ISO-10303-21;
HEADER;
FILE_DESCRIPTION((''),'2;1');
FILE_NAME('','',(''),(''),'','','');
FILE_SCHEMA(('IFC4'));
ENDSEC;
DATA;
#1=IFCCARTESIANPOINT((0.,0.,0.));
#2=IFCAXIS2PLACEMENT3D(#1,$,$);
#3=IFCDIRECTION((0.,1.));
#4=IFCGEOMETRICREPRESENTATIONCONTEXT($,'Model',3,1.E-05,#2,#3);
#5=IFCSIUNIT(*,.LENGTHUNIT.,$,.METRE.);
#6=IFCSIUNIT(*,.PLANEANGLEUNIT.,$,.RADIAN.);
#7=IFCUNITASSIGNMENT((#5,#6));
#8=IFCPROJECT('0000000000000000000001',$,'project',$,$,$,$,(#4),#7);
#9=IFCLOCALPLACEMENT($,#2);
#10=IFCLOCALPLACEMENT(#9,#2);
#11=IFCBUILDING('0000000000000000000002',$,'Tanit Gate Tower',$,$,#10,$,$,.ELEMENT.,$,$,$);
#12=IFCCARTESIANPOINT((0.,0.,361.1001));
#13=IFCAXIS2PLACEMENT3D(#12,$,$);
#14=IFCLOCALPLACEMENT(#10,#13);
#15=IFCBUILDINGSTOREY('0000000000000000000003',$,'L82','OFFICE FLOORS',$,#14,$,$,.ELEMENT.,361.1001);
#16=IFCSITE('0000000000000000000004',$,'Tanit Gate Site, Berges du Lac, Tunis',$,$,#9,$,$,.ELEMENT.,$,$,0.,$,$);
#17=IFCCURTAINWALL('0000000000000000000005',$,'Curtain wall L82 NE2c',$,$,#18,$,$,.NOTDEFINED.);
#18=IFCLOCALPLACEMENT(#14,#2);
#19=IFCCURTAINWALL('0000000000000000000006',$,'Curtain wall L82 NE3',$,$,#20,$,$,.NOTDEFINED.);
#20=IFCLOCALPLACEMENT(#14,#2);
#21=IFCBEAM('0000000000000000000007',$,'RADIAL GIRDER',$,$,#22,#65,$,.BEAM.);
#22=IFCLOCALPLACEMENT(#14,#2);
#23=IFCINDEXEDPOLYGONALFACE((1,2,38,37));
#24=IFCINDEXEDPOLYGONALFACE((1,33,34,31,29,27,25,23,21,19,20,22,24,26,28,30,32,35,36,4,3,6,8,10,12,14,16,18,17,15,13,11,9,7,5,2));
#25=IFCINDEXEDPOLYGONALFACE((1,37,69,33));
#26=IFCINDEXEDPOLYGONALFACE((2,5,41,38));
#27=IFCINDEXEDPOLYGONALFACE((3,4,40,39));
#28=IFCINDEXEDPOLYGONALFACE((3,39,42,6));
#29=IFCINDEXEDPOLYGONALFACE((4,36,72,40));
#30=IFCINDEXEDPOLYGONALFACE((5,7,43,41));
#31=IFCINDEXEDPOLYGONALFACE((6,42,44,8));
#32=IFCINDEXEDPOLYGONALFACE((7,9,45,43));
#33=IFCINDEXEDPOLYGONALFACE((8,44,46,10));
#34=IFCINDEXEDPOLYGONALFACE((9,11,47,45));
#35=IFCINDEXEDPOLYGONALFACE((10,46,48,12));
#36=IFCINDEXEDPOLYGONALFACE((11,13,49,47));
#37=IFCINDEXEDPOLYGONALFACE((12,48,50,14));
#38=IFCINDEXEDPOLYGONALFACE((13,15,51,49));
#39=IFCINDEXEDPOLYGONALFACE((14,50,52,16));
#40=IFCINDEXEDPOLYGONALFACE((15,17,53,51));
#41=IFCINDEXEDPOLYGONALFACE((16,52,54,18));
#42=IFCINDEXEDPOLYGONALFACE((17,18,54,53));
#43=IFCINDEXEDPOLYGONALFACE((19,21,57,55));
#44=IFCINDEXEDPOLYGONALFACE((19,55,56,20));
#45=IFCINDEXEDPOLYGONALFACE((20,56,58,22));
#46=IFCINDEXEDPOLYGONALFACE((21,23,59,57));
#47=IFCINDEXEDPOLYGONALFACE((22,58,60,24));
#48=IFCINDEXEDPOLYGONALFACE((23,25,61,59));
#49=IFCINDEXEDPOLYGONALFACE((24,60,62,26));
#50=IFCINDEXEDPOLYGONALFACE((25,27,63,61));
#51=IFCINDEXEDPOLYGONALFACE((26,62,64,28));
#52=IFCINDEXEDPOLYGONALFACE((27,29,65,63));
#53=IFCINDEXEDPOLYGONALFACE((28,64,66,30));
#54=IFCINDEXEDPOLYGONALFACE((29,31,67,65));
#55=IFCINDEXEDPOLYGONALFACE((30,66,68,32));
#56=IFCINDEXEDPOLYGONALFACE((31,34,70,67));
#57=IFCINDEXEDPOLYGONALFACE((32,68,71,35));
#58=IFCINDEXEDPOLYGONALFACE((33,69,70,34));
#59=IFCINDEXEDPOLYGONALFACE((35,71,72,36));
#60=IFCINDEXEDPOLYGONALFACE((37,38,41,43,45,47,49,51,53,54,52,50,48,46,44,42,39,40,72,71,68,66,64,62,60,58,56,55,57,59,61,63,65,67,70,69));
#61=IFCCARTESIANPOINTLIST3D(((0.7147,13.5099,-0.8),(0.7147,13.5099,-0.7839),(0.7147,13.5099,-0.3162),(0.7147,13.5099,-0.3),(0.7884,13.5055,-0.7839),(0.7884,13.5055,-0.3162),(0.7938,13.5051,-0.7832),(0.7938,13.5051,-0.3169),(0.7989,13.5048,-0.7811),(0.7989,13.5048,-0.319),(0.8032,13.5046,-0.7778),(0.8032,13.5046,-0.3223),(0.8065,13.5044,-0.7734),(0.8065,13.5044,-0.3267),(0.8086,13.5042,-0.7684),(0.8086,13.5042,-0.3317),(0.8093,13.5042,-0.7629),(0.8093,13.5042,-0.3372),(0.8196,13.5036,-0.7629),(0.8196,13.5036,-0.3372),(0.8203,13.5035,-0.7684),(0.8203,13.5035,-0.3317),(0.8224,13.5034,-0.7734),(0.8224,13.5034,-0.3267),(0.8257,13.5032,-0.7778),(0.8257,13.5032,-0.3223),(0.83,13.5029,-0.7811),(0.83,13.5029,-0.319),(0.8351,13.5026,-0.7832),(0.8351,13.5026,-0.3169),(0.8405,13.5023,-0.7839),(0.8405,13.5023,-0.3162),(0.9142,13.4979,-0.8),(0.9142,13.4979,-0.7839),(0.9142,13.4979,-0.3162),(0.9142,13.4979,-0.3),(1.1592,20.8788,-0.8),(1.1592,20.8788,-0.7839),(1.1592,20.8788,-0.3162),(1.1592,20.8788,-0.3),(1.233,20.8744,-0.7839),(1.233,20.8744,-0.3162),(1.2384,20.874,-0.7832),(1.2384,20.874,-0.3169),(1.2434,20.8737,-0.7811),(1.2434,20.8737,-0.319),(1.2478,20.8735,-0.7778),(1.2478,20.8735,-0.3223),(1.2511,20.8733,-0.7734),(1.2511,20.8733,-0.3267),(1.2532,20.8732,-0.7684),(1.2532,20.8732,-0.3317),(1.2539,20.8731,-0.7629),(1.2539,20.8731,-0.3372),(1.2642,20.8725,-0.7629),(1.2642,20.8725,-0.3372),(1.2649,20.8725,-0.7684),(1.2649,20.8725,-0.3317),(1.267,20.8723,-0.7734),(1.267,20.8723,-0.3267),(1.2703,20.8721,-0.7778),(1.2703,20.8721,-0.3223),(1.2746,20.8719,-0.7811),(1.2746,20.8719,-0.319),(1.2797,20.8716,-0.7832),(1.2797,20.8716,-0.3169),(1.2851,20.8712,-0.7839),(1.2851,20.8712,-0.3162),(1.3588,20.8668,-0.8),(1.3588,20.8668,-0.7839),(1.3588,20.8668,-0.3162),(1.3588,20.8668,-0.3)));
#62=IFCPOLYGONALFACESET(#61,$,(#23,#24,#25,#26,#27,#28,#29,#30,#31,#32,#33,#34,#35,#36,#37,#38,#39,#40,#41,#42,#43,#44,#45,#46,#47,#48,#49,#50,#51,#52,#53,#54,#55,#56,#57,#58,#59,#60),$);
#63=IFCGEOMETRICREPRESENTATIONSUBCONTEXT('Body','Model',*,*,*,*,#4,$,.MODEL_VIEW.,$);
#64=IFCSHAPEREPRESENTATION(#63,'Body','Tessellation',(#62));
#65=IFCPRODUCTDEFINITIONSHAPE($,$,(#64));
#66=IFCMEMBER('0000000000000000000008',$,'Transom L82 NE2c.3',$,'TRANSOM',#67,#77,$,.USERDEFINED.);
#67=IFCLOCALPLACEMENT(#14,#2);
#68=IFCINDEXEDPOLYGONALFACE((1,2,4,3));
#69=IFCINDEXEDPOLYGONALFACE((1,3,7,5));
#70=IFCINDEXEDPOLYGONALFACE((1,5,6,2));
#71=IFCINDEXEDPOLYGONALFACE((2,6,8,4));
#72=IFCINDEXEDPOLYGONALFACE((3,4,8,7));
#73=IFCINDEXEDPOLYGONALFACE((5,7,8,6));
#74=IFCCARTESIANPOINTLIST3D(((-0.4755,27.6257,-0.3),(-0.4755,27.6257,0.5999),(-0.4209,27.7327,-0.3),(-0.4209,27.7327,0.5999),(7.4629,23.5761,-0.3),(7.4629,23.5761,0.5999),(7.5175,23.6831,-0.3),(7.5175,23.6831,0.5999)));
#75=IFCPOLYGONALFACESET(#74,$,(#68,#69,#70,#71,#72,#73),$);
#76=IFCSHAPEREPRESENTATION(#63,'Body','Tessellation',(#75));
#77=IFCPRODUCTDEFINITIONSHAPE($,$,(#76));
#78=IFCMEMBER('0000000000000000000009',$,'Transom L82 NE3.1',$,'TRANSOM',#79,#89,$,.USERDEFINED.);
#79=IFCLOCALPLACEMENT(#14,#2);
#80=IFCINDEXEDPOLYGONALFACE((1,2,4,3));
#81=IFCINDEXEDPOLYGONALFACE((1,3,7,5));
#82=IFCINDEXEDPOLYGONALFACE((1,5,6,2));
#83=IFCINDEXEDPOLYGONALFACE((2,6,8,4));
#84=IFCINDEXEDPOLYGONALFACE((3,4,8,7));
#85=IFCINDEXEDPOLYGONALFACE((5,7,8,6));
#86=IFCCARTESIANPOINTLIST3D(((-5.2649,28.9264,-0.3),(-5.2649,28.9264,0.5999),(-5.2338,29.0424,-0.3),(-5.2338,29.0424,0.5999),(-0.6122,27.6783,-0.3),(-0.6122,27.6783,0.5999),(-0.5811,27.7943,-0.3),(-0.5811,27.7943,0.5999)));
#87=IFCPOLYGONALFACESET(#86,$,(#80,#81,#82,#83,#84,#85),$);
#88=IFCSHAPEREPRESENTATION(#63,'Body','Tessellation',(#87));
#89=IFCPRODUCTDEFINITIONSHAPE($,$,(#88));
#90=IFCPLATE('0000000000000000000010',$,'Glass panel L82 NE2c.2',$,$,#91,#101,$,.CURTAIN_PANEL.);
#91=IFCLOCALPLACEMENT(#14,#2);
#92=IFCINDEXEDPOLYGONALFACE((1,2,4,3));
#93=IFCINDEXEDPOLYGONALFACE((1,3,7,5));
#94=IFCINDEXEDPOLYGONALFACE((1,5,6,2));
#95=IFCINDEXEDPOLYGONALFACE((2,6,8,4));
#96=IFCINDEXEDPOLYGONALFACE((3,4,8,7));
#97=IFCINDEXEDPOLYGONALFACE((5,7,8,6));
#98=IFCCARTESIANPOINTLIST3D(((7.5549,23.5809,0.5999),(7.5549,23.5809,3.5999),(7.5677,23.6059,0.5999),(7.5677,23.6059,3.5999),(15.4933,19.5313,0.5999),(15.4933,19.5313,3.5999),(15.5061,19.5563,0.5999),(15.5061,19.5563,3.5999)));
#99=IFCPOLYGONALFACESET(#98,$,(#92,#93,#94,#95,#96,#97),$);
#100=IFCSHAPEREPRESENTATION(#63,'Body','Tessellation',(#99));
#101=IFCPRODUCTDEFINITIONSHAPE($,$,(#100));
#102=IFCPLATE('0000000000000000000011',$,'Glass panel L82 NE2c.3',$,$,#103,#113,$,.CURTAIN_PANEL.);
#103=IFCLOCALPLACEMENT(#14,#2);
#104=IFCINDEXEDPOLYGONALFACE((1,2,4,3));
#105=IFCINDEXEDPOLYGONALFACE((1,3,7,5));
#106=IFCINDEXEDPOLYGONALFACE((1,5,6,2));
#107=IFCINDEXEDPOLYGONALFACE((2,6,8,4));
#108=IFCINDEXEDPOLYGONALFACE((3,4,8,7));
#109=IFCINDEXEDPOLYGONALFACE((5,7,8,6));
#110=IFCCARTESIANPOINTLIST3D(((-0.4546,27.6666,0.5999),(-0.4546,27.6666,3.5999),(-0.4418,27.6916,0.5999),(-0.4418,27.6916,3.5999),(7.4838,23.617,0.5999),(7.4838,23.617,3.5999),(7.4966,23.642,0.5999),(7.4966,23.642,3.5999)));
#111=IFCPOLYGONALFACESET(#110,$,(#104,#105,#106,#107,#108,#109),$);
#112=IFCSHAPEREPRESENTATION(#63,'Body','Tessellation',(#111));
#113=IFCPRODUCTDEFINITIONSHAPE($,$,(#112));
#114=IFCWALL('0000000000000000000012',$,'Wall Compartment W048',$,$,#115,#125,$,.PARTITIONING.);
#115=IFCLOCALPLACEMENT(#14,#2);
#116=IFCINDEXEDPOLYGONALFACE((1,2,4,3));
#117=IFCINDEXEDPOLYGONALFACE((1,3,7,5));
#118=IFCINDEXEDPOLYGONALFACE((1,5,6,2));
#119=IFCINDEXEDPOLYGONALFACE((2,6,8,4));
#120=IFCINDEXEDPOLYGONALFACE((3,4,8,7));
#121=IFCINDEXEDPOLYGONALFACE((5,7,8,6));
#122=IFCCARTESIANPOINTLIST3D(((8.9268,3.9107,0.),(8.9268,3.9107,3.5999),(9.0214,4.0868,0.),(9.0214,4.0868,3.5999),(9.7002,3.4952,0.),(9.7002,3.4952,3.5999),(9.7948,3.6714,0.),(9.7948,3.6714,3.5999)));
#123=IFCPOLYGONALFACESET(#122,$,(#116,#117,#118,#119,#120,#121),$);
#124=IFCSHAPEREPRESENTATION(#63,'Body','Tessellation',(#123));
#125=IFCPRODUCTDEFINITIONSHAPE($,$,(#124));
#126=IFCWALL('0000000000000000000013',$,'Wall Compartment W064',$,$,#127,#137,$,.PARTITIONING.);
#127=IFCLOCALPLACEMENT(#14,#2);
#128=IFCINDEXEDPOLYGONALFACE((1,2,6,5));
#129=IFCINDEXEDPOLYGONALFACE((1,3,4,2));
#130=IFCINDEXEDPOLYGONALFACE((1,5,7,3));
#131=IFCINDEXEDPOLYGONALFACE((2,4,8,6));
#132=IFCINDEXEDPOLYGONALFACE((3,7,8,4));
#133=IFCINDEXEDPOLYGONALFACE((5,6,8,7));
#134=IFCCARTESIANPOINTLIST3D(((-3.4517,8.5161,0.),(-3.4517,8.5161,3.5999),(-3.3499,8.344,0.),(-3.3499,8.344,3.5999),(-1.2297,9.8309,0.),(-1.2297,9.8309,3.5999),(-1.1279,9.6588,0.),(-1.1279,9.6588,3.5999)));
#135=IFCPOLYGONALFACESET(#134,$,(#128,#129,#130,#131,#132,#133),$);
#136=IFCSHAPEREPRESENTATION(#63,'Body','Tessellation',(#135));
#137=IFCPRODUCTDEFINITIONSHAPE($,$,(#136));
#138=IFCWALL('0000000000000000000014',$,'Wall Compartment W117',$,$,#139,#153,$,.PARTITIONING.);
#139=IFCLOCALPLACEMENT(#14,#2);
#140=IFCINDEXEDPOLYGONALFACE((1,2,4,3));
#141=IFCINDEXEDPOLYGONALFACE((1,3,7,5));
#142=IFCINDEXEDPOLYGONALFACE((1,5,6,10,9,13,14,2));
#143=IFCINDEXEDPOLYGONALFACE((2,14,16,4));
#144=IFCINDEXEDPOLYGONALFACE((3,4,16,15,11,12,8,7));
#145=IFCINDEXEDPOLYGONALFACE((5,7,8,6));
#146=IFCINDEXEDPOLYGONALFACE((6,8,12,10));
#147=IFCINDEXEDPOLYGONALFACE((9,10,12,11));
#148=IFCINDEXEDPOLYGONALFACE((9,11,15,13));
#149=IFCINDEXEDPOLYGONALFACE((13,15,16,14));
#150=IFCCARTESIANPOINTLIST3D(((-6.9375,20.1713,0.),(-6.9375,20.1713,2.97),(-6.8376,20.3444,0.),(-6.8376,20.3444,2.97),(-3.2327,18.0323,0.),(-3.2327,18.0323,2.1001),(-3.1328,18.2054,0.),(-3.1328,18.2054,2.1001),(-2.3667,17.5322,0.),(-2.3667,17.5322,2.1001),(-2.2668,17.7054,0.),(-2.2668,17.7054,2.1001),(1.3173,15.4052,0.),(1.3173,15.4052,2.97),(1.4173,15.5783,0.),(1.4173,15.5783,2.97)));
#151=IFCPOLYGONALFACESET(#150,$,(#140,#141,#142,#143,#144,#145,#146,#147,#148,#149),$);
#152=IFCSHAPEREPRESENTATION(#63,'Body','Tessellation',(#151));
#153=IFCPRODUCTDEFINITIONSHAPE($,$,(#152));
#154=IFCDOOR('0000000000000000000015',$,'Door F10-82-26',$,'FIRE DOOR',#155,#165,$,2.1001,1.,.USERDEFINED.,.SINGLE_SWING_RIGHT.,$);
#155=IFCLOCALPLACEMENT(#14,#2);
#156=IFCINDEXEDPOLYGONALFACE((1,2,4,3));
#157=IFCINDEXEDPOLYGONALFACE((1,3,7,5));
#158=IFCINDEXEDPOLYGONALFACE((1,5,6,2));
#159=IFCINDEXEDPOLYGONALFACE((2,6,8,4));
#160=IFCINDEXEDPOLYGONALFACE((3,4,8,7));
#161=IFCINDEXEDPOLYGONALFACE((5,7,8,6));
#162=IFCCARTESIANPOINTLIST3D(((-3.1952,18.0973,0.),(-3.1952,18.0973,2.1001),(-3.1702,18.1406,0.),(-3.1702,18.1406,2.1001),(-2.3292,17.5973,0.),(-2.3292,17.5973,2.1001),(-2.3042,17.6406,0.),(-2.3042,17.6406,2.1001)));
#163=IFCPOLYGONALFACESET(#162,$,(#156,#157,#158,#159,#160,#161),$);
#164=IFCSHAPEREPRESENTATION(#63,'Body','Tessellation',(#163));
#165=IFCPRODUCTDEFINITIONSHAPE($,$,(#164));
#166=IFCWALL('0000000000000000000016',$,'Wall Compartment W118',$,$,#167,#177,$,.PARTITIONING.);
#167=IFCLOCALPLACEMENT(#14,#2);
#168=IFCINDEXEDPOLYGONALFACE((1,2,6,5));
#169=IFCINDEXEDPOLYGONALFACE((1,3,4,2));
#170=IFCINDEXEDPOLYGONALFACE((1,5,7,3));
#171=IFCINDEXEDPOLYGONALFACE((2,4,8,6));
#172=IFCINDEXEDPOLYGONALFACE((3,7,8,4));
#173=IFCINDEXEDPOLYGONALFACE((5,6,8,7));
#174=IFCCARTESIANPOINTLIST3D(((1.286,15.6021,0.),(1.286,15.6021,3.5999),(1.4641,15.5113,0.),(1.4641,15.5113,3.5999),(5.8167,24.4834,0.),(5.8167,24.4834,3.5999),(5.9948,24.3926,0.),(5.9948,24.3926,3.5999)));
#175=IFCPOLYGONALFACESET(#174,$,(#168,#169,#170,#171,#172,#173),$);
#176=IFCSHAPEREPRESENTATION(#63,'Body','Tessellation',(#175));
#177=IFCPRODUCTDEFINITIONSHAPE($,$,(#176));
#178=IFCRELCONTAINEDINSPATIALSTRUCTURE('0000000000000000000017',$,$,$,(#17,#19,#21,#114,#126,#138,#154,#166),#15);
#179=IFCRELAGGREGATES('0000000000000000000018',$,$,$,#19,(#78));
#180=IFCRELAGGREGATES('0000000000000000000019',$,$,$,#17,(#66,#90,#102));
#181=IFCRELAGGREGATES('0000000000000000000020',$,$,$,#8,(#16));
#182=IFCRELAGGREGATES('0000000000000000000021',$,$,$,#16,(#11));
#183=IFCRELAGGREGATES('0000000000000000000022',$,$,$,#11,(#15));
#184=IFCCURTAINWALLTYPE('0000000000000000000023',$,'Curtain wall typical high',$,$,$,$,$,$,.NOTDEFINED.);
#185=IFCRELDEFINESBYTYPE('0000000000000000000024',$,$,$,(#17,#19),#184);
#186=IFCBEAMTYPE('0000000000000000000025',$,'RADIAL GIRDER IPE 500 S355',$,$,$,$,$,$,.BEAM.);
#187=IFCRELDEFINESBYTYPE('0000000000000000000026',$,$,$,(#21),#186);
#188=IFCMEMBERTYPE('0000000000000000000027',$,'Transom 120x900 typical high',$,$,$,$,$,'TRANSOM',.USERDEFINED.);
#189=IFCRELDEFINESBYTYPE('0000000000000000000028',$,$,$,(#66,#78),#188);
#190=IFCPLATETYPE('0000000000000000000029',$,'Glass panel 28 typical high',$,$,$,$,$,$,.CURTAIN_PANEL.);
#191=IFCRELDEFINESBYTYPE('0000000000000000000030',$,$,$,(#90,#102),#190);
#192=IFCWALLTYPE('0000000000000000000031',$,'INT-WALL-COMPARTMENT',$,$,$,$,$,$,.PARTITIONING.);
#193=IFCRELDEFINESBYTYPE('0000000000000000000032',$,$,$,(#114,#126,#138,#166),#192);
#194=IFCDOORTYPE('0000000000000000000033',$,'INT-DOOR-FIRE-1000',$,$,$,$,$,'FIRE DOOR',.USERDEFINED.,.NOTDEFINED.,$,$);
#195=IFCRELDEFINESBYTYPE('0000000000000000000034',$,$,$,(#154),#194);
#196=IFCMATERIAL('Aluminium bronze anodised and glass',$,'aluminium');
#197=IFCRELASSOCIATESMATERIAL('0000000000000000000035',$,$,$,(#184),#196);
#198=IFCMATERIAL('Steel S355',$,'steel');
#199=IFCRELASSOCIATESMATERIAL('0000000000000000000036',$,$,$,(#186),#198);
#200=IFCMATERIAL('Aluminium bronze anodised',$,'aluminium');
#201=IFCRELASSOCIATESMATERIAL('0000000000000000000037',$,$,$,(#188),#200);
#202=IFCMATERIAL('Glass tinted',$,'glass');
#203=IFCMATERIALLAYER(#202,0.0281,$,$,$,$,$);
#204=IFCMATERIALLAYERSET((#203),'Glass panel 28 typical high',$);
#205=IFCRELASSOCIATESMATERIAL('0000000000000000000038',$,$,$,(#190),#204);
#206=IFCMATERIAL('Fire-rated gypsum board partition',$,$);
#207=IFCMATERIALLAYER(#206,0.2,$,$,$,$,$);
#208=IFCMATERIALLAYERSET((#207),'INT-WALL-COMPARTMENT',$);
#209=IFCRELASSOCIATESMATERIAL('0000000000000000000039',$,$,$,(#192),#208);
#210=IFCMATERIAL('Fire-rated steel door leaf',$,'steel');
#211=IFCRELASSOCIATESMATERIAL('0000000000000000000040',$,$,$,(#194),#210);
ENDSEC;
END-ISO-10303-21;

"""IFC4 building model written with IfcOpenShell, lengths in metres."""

from ifc_helpers import new_model, si_unit, direction, frame, frame_2d, origin, origin_2d, place, context, subcontext, project, spatial, rectangle, i_section, extrude, material, layer, layer_set, material_profile, profile_set, type_object, element, fill, aggregate, save


model = new_model("IFC4")

# Units and contexts
model_context = context("Model", 3, precision=1e-05, world=origin(), true_north=direction((0.0, 1.0)))
body_context = subcontext(model_context, "Body", "Model", "MODEL_VIEW")
ifc_project = project(units=[si_unit("LENGTHUNIT", "METRE"), si_unit("PLANEANGLEUNIT", "RADIAN")], contexts=[model_context])

# Site, building, storey
site_placement = place(None, origin())
site = spatial("IfcSite", under=ifc_project, at=site_placement, Name="Tanit Gate Site, Berges du Lac, Tunis", CompositionType="ELEMENT", RefElevation=0.0)
building_placement = place(site_placement, origin())
building = spatial("IfcBuilding", under=site, at=building_placement, Name="Tanit Gate Tower", CompositionType="ELEMENT")
storey_placement = place(building_placement, frame((0.0, 0.0, 361.1001)))
storey = spatial("IfcBuildingStorey", under=building, at=storey_placement, Name="L82", Description="OFFICE FLOORS", CompositionType="ELEMENT", Elevation=361.1001)

# Curtain walls
ifc_material_1 = material(Name="Aluminium bronze anodised and glass", Category="aluminium")
curtain_wall_type = type_object("IfcCurtainWallType", Name="Curtain wall typical high", PredefinedType="NOTDEFINED", material=ifc_material_1)
curtain_wall_1_placement = place(storey_placement, origin())
curtain_wall_1 = element("IfcCurtainWall", 1, at=curtain_wall_1_placement, inside=storey, type_object=curtain_wall_type, Name="Curtain wall L82 NE2c", PredefinedType="NOTDEFINED")
curtain_wall_2_placement = place(storey_placement, origin())
curtain_wall_2 = element("IfcCurtainWall", 2, at=curtain_wall_2_placement, inside=storey, type_object=curtain_wall_type, Name="Curtain wall L82 NE3", PredefinedType="NOTDEFINED")

# Beam
ifc_material_2 = material(Name="Steel S355", Category="steel")
ifc_material_profile_1 = material_profile(ifc_material_2, i_section(OverallWidth=0.2, OverallDepth=0.5, WebThickness=0.0103, FlangeThickness=0.0161, FilletRadius=0.021, at=origin_2d()), Name="IPE 500")
ifc_profile_set_1 = profile_set([ifc_material_profile_1], Name="Steel S355")
beam_type = type_object("IfcBeamType", Name="RADIAL GIRDER IPE 500 S355", PredefinedType="BEAM", material=ifc_profile_set_1)
beam_placement = place(storey_placement, frame((1.259, 20.8728, -0.55), z_axis=(-0.060222, -0.998185, 0.0), x_axis=(0.998185, -0.060222, 0.0)))
element("IfcBeam", 3, at=beam_placement, inside=storey, type_object=beam_type, Name="RADIAL GIRDER", PredefinedType="BEAM", context=body_context, shape_type="SweptSolid", body=[
    extrude(i_section(OverallWidth=0.2, OverallDepth=0.5, WebThickness=0.0103, FlangeThickness=0.0161, FilletRadius=0.021, at=origin_2d()), origin(), (0.0, 0.0, 1.0), 7.3823),
])

# Members
ifc_material_3 = material(Name="Aluminium bronze anodised", Category="aluminium")
ifc_material_profile_2 = material_profile(ifc_material_3, rectangle(XDim=0.1201, YDim=0.8999, at=origin_2d()), Name="120x900 bronze transom")
ifc_profile_set_2 = profile_set([ifc_material_profile_2], Name="Aluminium bronze anodised")
member_type_1 = type_object("IfcMemberType", Name="Transom 120x900 typical high", ElementType="TRANSOM", PredefinedType="USERDEFINED", material=ifc_profile_set_2)
member_1_placement = place(storey_placement, frame((7.4902, 23.6296, 0.1499), z_axis=(-0.890793, 0.45441, 0.0), x_axis=(-0.45441, -0.890793, 0.0)))
member_1 = element("IfcMember", 4, at=member_1_placement, type_object=member_type_1, Name="Transom L82 NE2c.3", ObjectType="TRANSOM", PredefinedType="USERDEFINED", context=body_context, shape_type="SweptSolid", body=[
    extrude(rectangle(XDim=0.1201, YDim=0.8999, at=origin_2d()), origin(), (0.0, 0.0, 1.0), 8.9116),
])
member_2_placement = place(storey_placement, frame((-0.5967, 27.7363, 0.1499), z_axis=(-0.965854, 0.259088, 0.0), x_axis=(-0.259088, -0.965854, 0.0)))
member_2 = element("IfcMember", 5, at=member_2_placement, type_object=member_type_1, Name="Transom L82 NE3.1", ObjectType="TRANSOM", PredefinedType="USERDEFINED", context=body_context, shape_type="SweptSolid", body=[
    extrude(rectangle(XDim=0.1201, YDim=0.8999, at=origin_2d()), origin(), (0.0, 0.0, 1.0), 4.8171),
])
aggregate(curtain_wall_2, [member_2])

# Plates
ifc_material_4 = material(Name="Glass tinted", Category="glass")
ifc_layer_1 = layer(ifc_material_4, 0.0281)
ifc_layer_set_1 = layer_set([ifc_layer_1], Name="Glass panel 28 typical high")
plate_type = type_object("IfcPlateType", Name="Glass panel 28 typical high", PredefinedType="CURTAIN_PANEL", material=ifc_layer_set_1)
plate_1_placement = place(storey_placement, frame((11.5305, 21.5686, 0.5999), z_axis=(0.0, 0.0, 1.0), x_axis=(-0.890792, 0.454411, 0.0)))
plate_1 = element("IfcPlate", 6, at=plate_1_placement, type_object=plate_type, Name="Glass panel L82 NE2c.2", PredefinedType="CURTAIN_PANEL", context=body_context, shape_type="SweptSolid", body=[
    extrude(rectangle(XDim=8.9116, YDim=0.0281, at=origin_2d()), origin(), (0.0, 0.0, 1.0), 3.0),
])
plate_2_placement = place(storey_placement, frame((3.521, 25.6543, 0.5999), z_axis=(0.0, 0.0, 1.0), x_axis=(-0.890792, 0.454411, 0.0)))
plate_2 = element("IfcPlate", 7, at=plate_2_placement, type_object=plate_type, Name="Glass panel L82 NE2c.3", PredefinedType="CURTAIN_PANEL", context=body_context, shape_type="SweptSolid", body=[
    extrude(rectangle(XDim=8.9116, YDim=0.0281, at=origin_2d()), origin(), (0.0, 0.0, 1.0), 3.0),
])
aggregate(curtain_wall_1, [member_1, plate_1, plate_2])

# Walls
ifc_material_5 = material(Name="Fire-rated gypsum board partition")
ifc_layer_2 = layer(ifc_material_5, 0.2)
ifc_layer_set_2 = layer_set([ifc_layer_2], Name="INT-WALL-COMPARTMENT")
wall_type_1 = type_object("IfcWallType", Name="INT-WALL-COMPARTMENT", PredefinedType="PARTITIONING", material=ifc_layer_set_2)
wall_1_placement = place(storey_placement, frame((8.9741, 3.9988, 0.0), z_axis=(0.0, 0.0, 1.0), x_axis=(0.880917, -0.473271, 0.0)))
element("IfcWall", 8, at=wall_1_placement, inside=storey, type_object=wall_type_1, Name="Wall Compartment W048", PredefinedType="PARTITIONING", context=body_context, shape_type="SweptSolid", body=[
    extrude(rectangle(XDim=0.8779, YDim=0.2, at=frame_2d((0.439, 0.0))), origin(), (0.0, 0.0, 1.0), 3.5999),
])
wall_2_placement = place(storey_placement, frame((-1.1787, 9.7449, 0.0), z_axis=(0.0, 0.0, 1.0), x_axis=(-0.860631, -0.509229, 0.0)))
element("IfcWall", 9, at=wall_2_placement, inside=storey, type_object=wall_type_1, Name="Wall Compartment W064", PredefinedType="PARTITIONING", context=body_context, shape_type="SweptSolid", body=[
    extrude(rectangle(XDim=2.5818, YDim=0.2, at=frame_2d((1.291, 0.0))), origin(), (0.0, 0.0, 1.0), 3.5999),
])

# Wall, opening, door
wall_3_placement = place(storey_placement, frame((1.3674, 15.4917, 0.0), z_axis=(0.0, 0.0, 1.0), x_axis=(-0.866018, 0.500012, 0.0)))
wall_3 = element("IfcWall", 10, at=wall_3_placement, inside=storey, type_object=wall_type_1, Name="Wall Compartment W117", PredefinedType="PARTITIONING", context=body_context, shape_type="SweptSolid", body=[
    extrude(rectangle(XDim=9.532, YDim=0.2, at=frame_2d((4.7661, 0.0))), origin(), (0.0, 0.0, 1.0), 2.97),
])
opening_1_placement = place(wall_3_placement, frame((4.2542, 0.0, 0.0)))
opening_1 = element("IfcOpeningElement", 11, at=opening_1_placement, cuts=wall_3, PredefinedType="OPENING", context=body_context, shape_type="SweptSolid", body=[
    extrude(rectangle(XDim=1.0, YDim=2.1001, at=frame_2d((0.5, 1.05))), frame((0.0, 0.1099, 0.0), z_axis=(0.0, -1.0, 0.0), x_axis=(1.0, 0.0, 0.0)), (0.0, 0.0, 1.0), 0.22),
])
ifc_material_6 = material(Name="Fire-rated steel door leaf", Category="steel")
door_type_1 = type_object("IfcDoorType", Name="INT-DOOR-FIRE-1000", ElementType="FIRE DOOR", OperationType="NOTDEFINED", PredefinedType="USERDEFINED", material=ifc_material_6)
door_1_placement = place(opening_1_placement, origin())
door_1 = element("IfcDoor", 12, at=door_1_placement, inside=storey, type_object=door_type_1, Name="Door F10-82-26", ObjectType="FIRE DOOR", OperationType="SINGLE_SWING_RIGHT", OverallHeight=2.1001, OverallWidth=1.0, PredefinedType="USERDEFINED", context=body_context, shape_type="SweptSolid", body=[
    extrude(rectangle(XDim=1.0, YDim=2.1001, at=frame_2d((0.5, 1.05))), frame((0.0, 0.0249, 0.0), z_axis=(0.0, -1.0, 0.0), x_axis=(1.0, 0.0, 0.0)), (0.0, 0.0, 1.0), 0.05),
])
fill(opening_1, door_1)

# Wall
wall_4_placement = place(storey_placement, frame((5.9058, 24.438, 0.0), z_axis=(0.0, 0.0, 1.0), x_axis=(-0.454428, -0.890784, 0.0)))
element("IfcWall", 13, at=wall_4_placement, inside=storey, type_object=wall_type_1, Name="Wall Compartment W118", PredefinedType="PARTITIONING", context=body_context, shape_type="SweptSolid", body=[
    extrude(rectangle(XDim=9.9702, YDim=0.2, at=frame_2d((4.9851, 0.0))), origin(), (0.0, 0.0, 1.0), 3.5999),
])

save(model, "model.ifc")
